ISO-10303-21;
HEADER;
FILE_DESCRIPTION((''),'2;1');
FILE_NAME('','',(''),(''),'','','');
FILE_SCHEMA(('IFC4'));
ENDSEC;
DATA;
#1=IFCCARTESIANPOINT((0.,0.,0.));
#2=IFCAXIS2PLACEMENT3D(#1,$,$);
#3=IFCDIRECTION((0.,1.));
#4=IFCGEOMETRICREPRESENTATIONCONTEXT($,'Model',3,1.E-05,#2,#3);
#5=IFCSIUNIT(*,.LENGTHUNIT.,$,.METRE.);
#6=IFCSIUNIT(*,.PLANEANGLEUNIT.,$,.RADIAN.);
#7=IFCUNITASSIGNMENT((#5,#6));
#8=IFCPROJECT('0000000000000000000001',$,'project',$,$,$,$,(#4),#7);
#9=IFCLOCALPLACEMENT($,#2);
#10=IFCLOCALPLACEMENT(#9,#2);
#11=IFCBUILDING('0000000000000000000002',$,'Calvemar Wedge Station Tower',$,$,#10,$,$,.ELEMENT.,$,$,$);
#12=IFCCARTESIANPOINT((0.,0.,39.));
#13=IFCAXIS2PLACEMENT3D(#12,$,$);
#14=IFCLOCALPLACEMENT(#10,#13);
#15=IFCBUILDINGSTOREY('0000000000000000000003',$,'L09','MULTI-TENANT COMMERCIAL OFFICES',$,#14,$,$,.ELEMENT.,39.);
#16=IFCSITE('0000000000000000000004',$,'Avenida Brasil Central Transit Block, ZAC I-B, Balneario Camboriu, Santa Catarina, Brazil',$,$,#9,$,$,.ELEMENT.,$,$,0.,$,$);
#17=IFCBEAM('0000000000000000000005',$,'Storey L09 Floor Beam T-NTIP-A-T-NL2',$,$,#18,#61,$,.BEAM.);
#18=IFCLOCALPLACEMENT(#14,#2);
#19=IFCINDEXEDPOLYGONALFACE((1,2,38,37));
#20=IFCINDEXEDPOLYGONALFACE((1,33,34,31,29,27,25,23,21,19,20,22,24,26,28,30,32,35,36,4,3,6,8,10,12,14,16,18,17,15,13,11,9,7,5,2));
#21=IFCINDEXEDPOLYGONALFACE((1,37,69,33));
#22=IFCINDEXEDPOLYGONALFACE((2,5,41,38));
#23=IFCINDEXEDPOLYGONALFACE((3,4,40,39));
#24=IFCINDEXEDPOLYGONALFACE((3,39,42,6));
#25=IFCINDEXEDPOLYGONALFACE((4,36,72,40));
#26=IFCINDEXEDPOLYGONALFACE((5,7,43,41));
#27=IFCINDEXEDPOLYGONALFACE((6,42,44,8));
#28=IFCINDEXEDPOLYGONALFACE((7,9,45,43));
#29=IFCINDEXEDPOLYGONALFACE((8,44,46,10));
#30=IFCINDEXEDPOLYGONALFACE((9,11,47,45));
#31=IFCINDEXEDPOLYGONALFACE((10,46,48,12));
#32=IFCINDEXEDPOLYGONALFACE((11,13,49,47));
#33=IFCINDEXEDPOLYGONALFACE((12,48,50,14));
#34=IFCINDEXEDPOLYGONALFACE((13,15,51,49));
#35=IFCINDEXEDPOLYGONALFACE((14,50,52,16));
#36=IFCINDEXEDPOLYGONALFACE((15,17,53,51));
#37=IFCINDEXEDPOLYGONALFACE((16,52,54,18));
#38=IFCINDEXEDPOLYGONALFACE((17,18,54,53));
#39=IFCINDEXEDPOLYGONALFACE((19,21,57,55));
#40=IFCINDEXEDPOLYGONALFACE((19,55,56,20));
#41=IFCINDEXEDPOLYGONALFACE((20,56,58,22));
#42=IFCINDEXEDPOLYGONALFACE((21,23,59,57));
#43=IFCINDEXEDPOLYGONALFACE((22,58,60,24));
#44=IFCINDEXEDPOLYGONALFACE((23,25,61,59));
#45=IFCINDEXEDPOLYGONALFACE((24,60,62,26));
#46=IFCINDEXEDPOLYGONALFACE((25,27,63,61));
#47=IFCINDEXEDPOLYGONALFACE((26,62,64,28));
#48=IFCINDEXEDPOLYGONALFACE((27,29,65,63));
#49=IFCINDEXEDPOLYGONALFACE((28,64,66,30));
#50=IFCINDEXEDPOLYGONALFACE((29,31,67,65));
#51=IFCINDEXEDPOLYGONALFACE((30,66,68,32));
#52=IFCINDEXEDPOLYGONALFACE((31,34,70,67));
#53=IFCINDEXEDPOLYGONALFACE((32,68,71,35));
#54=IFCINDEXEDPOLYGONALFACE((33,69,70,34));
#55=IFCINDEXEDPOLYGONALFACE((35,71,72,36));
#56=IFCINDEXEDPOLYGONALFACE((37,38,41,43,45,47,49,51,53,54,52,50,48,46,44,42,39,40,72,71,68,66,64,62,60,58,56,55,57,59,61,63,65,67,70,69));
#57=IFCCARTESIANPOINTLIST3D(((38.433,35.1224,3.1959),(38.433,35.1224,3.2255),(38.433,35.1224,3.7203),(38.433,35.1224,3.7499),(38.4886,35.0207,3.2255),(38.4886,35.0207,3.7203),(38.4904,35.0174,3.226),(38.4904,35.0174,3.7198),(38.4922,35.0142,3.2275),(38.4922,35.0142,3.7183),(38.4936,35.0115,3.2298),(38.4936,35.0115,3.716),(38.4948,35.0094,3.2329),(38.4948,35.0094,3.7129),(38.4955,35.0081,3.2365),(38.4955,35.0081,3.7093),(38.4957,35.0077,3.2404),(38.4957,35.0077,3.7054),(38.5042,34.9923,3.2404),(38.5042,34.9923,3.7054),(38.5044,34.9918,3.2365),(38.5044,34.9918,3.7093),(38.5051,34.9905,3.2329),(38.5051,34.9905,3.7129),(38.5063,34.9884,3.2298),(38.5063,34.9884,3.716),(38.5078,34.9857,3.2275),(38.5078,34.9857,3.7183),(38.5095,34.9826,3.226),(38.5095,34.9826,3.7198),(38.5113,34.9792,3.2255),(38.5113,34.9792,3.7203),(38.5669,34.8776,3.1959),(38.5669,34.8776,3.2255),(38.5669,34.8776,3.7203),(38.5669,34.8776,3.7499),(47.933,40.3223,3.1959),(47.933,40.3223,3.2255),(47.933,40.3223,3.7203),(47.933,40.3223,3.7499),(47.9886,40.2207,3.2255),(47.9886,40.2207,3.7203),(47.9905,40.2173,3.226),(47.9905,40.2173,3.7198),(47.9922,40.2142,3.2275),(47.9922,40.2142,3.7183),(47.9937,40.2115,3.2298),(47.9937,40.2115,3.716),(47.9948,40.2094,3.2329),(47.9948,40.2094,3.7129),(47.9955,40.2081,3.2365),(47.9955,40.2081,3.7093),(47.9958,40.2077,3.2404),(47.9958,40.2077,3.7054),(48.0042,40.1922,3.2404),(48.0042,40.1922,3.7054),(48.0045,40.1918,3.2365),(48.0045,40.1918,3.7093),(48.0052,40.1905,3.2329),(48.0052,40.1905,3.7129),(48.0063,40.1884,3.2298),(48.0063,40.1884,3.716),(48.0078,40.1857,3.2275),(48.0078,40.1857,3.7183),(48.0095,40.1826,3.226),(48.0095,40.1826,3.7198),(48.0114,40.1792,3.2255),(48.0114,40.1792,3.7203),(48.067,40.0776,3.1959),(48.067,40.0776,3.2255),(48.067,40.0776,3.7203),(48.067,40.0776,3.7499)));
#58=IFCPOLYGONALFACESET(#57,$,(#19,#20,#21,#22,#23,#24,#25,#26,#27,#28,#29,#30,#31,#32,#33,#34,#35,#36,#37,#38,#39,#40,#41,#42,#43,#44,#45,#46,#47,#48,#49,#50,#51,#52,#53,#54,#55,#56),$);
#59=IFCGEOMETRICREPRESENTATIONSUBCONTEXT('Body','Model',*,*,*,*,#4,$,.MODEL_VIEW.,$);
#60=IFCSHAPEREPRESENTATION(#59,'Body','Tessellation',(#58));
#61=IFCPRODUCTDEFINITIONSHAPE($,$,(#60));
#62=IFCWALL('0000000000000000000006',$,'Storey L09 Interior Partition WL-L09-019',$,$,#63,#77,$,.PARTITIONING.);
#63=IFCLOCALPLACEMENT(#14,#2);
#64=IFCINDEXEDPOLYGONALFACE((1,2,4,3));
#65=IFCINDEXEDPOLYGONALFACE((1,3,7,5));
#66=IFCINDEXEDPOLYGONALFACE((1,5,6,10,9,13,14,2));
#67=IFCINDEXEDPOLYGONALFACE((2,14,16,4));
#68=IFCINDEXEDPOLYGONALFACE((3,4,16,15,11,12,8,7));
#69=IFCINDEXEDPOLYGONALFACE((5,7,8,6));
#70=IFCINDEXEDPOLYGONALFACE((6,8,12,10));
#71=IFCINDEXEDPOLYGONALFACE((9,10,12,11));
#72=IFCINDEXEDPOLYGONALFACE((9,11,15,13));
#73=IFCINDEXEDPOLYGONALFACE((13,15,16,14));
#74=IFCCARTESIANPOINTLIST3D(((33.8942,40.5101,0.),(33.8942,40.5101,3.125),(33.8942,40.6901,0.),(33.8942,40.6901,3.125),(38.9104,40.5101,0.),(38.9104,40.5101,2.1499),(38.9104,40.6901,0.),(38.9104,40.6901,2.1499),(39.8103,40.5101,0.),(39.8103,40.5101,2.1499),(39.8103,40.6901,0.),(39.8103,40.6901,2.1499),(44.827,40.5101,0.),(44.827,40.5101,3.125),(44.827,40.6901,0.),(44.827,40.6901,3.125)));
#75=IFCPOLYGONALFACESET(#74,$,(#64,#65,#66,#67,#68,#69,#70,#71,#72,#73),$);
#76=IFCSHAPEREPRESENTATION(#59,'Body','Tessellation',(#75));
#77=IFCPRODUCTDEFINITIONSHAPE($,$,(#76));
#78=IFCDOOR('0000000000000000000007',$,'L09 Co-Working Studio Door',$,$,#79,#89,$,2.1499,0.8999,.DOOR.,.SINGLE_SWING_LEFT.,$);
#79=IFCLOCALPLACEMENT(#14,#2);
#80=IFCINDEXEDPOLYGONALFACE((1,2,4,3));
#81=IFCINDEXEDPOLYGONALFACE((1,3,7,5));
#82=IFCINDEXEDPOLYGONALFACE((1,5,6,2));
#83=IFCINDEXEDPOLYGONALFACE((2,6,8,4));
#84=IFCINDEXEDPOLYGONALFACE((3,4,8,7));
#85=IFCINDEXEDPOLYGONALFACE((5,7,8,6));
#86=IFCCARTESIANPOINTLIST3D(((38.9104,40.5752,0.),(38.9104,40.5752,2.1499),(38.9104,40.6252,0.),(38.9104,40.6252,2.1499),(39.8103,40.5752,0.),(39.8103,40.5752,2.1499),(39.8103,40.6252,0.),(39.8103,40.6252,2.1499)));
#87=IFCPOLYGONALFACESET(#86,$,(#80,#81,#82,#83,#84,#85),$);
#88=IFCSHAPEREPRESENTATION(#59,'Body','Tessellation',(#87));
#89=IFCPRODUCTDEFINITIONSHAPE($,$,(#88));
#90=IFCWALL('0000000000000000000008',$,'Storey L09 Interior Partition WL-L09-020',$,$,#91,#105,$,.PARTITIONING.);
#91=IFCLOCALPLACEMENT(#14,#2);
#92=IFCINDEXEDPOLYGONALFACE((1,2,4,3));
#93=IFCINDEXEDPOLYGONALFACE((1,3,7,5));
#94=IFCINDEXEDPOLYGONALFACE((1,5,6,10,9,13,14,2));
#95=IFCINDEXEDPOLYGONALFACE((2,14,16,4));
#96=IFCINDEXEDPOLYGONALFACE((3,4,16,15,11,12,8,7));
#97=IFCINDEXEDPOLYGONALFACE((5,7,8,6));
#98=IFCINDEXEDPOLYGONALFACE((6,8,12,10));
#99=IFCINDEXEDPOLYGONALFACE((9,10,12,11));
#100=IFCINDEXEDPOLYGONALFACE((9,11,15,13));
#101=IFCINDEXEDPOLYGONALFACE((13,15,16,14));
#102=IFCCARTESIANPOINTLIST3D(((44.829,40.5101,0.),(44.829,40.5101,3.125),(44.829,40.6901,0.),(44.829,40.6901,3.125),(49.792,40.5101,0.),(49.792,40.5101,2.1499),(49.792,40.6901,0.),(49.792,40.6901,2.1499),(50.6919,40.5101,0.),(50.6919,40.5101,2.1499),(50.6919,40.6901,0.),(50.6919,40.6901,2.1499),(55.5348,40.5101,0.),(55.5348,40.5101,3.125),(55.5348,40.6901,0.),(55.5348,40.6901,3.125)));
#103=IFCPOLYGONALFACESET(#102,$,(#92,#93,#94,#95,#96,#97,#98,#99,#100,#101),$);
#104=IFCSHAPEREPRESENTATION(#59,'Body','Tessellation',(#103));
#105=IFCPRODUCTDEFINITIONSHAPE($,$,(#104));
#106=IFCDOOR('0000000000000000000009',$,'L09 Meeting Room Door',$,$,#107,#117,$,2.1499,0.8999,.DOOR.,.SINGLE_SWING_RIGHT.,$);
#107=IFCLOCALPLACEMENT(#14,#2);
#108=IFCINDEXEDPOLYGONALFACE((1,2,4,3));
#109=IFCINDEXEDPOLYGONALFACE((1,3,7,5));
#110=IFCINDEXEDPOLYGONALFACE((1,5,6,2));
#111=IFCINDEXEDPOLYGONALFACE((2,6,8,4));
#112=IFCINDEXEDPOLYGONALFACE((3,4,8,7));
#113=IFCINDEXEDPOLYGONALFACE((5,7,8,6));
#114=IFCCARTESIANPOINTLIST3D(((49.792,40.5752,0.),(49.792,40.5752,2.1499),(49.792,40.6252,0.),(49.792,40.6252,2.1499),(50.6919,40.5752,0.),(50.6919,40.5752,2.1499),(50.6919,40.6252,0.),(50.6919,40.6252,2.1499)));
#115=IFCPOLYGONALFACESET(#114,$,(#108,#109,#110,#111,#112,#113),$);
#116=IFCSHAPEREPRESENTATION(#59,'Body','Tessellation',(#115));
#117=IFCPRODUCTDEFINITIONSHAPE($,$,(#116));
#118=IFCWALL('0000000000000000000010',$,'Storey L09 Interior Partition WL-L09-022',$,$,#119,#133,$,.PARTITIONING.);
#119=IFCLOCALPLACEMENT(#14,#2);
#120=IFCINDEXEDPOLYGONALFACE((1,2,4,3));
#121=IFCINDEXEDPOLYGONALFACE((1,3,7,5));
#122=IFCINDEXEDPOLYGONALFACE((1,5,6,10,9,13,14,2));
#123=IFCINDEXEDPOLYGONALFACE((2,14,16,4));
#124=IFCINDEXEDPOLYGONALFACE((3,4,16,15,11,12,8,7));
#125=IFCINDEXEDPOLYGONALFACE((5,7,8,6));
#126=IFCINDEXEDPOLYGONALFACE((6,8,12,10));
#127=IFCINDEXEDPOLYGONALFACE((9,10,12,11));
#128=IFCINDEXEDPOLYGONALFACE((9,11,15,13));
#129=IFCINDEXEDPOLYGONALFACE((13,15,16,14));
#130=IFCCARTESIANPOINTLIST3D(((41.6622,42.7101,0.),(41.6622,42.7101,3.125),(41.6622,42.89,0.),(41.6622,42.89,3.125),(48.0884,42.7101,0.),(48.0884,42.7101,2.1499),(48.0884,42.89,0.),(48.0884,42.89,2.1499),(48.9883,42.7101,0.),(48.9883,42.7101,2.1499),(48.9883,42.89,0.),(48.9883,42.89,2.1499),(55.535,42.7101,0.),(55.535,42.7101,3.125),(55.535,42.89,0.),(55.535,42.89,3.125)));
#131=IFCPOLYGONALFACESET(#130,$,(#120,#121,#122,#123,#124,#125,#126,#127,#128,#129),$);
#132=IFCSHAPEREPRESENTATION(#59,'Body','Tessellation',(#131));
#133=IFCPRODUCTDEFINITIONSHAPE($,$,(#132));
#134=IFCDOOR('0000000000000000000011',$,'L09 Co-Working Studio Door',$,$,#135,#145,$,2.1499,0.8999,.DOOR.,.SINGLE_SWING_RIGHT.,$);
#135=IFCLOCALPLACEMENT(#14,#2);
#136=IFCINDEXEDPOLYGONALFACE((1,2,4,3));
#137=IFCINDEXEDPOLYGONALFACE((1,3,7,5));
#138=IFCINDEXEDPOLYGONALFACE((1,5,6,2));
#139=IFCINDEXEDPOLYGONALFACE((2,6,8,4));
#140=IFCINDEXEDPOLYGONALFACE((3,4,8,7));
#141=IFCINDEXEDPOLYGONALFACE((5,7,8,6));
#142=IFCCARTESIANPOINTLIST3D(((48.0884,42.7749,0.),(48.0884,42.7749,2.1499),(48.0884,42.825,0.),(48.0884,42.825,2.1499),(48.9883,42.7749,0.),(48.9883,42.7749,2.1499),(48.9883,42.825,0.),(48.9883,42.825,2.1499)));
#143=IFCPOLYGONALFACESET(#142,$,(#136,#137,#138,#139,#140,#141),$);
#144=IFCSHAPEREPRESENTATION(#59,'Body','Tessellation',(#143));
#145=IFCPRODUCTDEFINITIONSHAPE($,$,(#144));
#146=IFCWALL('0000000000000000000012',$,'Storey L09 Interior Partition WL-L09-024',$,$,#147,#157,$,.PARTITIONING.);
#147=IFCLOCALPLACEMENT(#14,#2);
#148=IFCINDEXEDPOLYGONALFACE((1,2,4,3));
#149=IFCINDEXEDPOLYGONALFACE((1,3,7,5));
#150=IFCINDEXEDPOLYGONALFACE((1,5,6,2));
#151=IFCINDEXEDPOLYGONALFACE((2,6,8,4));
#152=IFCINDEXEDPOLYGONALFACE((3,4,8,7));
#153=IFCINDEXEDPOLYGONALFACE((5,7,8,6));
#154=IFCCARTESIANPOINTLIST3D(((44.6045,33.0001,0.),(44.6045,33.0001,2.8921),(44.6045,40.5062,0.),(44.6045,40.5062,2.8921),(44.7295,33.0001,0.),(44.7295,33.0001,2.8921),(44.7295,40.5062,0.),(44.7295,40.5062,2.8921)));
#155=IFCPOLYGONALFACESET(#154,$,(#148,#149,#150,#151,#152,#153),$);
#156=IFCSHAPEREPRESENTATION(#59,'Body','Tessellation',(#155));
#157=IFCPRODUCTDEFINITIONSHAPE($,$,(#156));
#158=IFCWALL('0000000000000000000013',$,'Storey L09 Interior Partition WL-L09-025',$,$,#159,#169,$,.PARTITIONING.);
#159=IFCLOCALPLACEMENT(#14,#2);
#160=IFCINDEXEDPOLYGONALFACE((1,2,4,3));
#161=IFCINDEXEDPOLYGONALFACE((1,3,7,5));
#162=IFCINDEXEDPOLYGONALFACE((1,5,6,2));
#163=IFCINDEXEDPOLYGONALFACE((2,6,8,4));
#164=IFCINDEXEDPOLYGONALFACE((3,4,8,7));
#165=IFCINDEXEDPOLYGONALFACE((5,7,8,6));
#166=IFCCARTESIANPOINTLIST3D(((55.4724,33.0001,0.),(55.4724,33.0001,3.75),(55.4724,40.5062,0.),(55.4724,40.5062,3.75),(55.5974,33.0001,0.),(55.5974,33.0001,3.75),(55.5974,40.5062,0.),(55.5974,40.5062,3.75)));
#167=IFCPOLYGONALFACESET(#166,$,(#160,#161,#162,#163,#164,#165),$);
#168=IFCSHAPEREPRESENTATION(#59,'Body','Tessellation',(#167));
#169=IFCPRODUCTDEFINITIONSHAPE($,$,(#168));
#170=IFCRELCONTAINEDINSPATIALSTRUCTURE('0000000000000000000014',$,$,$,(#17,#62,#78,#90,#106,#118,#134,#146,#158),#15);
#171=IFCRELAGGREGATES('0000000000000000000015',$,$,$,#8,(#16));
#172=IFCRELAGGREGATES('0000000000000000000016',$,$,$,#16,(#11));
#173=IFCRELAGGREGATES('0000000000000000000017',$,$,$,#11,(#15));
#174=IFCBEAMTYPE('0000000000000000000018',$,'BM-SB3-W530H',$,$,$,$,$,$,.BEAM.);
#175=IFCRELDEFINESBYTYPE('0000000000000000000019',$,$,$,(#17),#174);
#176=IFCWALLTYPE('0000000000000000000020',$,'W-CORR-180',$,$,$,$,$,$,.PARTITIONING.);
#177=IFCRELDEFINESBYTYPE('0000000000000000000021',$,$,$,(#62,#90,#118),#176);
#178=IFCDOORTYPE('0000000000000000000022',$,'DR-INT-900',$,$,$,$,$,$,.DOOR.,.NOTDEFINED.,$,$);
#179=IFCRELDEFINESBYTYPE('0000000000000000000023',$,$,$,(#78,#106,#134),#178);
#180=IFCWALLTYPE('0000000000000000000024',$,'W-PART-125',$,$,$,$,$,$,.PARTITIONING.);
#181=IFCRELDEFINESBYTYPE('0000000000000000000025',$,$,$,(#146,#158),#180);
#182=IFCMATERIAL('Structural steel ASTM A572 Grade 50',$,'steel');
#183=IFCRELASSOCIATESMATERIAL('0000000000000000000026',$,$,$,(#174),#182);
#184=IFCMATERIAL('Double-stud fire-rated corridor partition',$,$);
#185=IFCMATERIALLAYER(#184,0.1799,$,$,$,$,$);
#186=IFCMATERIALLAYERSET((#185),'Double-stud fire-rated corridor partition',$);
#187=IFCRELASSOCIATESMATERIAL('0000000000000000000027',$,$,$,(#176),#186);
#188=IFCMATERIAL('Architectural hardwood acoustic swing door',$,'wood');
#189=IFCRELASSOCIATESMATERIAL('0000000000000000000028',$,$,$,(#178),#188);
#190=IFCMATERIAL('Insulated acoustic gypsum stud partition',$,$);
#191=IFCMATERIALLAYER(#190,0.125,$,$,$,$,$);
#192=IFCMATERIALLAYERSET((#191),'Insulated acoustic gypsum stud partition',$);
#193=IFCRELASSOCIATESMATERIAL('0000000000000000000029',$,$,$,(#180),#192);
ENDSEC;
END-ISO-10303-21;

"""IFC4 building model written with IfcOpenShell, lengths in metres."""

from ifc_helpers import new_model, si_unit, direction, frame, frame_2d, origin, origin_2d, place, context, subcontext, project, spatial, rectangle, i_section, extrude, source, transform, mapped, material, layer, layer_set, material_profile, profile_set, type_object, element, fill, save


model = new_model("IFC4")

# Units and contexts
model_context = context("Model", 3, precision=1e-05, world=origin(), true_north=direction((0.0, 1.0)))
body_context = subcontext(model_context, "Body", "Model", "MODEL_VIEW")
ifc_project = project(units=[si_unit("LENGTHUNIT", "METRE"), si_unit("PLANEANGLEUNIT", "RADIAN")], contexts=[model_context])

# Site, building, storey
site_placement = place(None, origin())
site = spatial("IfcSite", under=ifc_project, at=site_placement, Name="Avenida Brasil Central Transit Block, ZAC I-B, Balneario Camboriu, Santa Catarina, Brazil", CompositionType="ELEMENT", RefElevation=0.0)
building_placement = place(site_placement, origin())
building = spatial("IfcBuilding", under=site, at=building_placement, Name="Calvemar Wedge Station Tower", CompositionType="ELEMENT")
storey_placement = place(building_placement, frame((0.0, 0.0, 39.0)))
storey = spatial("IfcBuildingStorey", under=building, at=storey_placement, Name="L09", Description="MULTI-TENANT COMMERCIAL OFFICES", CompositionType="ELEMENT", Elevation=39.0)

# Shared definitions
ifc_material_1 = material(Name="Structural steel ASTM A572 Grade 50", Category="steel")

# Beam
ifc_material_profile_1 = material_profile(ifc_material_1, i_section(OverallWidth=0.2791, OverallDepth=0.554, WebThickness=0.0176, FlangeThickness=0.0295, FilletRadius=0.0149, at=origin_2d()), Name="W530x196")
ifc_profile_set_1 = profile_set([ifc_material_profile_1], Name="Structural steel ASTM A572 Grade 50")
beam_type_1 = type_object("IfcBeamType", Name="BM-SB3-W530H", PredefinedType="BEAM", material=ifc_profile_set_1)
shared_shape_1 = source(origin(), body_context, "Body", "SweptSolid", [
    extrude(i_section(OverallWidth=0.2791, OverallDepth=0.554, WebThickness=0.0176, FlangeThickness=0.0295, FilletRadius=0.0149, at=origin_2d()), origin(), (0.0, 0.0, 1.0), 10.8301),
])
beam_1_placement = place(storey_placement, frame((48.0, 40.2, 3.4729), z_axis=(-0.877191, -0.480142, 0.0), x_axis=(0.480142, -0.877191, 0.0)))
element("IfcBeam", 1, at=beam_1_placement, inside=storey, type_object=beam_type_1, Name="Storey L09 Floor Beam T-NTIP-A-T-NL2", PredefinedType="BEAM", context=body_context, shape_type="MappedRepresentation", body=[
    mapped(shared_shape_1, transform((0.0, 0.0, 0.0), scale=1.0)),
])

# Walls, openings, doors
ifc_material_2 = material(Name="Double-stud fire-rated corridor partition")
ifc_layer_1 = layer(ifc_material_2, 0.1799)
ifc_layer_set_1 = layer_set([ifc_layer_1], Name="Double-stud fire-rated corridor partition")
wall_type_1 = type_object("IfcWallType", Name="W-CORR-180", PredefinedType="PARTITIONING", material=ifc_layer_set_1)
wall_1_placement = place(storey_placement, frame((44.8269, 40.6001, 0.0), z_axis=(0.0, 0.0, 1.0), x_axis=(-1.0, 0.0, 0.0)))
wall_1 = element("IfcWall", 2, at=wall_1_placement, inside=storey, type_object=wall_type_1, Name="Storey L09 Interior Partition WL-L09-019", PredefinedType="PARTITIONING", context=body_context, shape_type="SweptSolid", body=[
    extrude(rectangle(XDim=10.9329, YDim=0.1799, at=frame_2d((5.4663, 0.0))), origin(), (0.0, 0.0, 1.0), 3.125),
])
shared_shape_2 = source(origin(), body_context, "Body", "SweptSolid", [
    extrude(rectangle(XDim=0.8999, YDim=2.1499, at=frame_2d((0.45, 1.075))), frame((0.0, 0.1001, 0.0), z_axis=(0.0, -1.0, 0.0), x_axis=(1.0, 0.0, 0.0)), (0.0, 0.0, 1.0), 0.2),
])
opening_1_placement = place(wall_1_placement, frame((5.0166, 0.0, 0.0)))
opening_1 = element("IfcOpeningElement", 3, at=opening_1_placement, cuts=wall_1, PredefinedType="OPENING", context=body_context, shape_type="MappedRepresentation", body=[
    mapped(shared_shape_2, transform((0.0, 0.0, 0.0), scale=1.0)),
])
ifc_material_3 = material(Name="Architectural hardwood acoustic swing door", Category="wood")
door_type = type_object("IfcDoorType", Name="DR-INT-900", OperationType="NOTDEFINED", PredefinedType="DOOR", material=ifc_material_3)
shared_shape_3 = source(origin(), body_context, "Body", "SweptSolid", [
    extrude(rectangle(XDim=0.8999, YDim=2.1499, at=frame_2d((0.45, 1.075))), frame((0.0, 0.0249, 0.0), z_axis=(0.0, -1.0, 0.0), x_axis=(1.0, 0.0, 0.0)), (0.0, 0.0, 1.0), 0.05),
])
door_1_placement = place(opening_1_placement, origin())
door_1 = element("IfcDoor", 4, at=door_1_placement, inside=storey, type_object=door_type, Name="L09 Co-Working Studio Door", OperationType="SINGLE_SWING_LEFT", OverallHeight=2.1499, OverallWidth=0.8999, PredefinedType="DOOR", context=body_context, shape_type="MappedRepresentation", body=[
    mapped(shared_shape_3, transform((0.0, 0.0, 0.0), scale=1.0)),
])
fill(opening_1, door_1)
wall_2_placement = place(storey_placement, frame((55.5349, 40.6001, 0.0), z_axis=(0.0, 0.0, 1.0), x_axis=(-1.0, 0.0, 0.0)))
wall_2 = element("IfcWall", 5, at=wall_2_placement, inside=storey, type_object=wall_type_1, Name="Storey L09 Interior Partition WL-L09-020", PredefinedType="PARTITIONING", context=body_context, shape_type="SweptSolid", body=[
    extrude(rectangle(XDim=10.7058, YDim=0.1799, at=frame_2d((5.353, 0.0))), origin(), (0.0, 0.0, 1.0), 3.125),
])
opening_2_placement = place(wall_2_placement, frame((4.843, 0.0, 0.0)))
opening_2 = element("IfcOpeningElement", 6, at=opening_2_placement, cuts=wall_2, PredefinedType="OPENING", context=body_context, shape_type="MappedRepresentation", body=[
    mapped(shared_shape_2, transform((0.0, 0.0, 0.0), scale=1.0)),
])
door_2_placement = place(opening_2_placement, origin())
door_2 = element("IfcDoor", 7, at=door_2_placement, inside=storey, type_object=door_type, Name="L09 Meeting Room Door", OperationType="SINGLE_SWING_RIGHT", OverallHeight=2.1499, OverallWidth=0.8999, PredefinedType="DOOR", context=body_context, shape_type="MappedRepresentation", body=[
    mapped(shared_shape_3, transform((0.0, 0.0, 0.0), scale=1.0)),
])
fill(opening_2, door_2)
wall_3_placement = place(storey_placement, frame((41.6621, 42.8, 0.0), z_axis=(0.0, 0.0, 1.0), x_axis=(1.0, 0.0, 0.0)))
wall_3 = element("IfcWall", 8, at=wall_3_placement, inside=storey, type_object=wall_type_1, Name="Storey L09 Interior Partition WL-L09-022", PredefinedType="PARTITIONING", context=body_context, shape_type="SweptSolid", body=[
    extrude(rectangle(XDim=13.8728, YDim=0.1799, at=frame_2d((6.9365, 0.0))), origin(), (0.0, 0.0, 1.0), 3.125),
])
opening_3_placement = place(wall_3_placement, frame((6.4263, 0.0, 0.0)))
opening_3 = element("IfcOpeningElement", 9, at=opening_3_placement, cuts=wall_3, PredefinedType="OPENING", context=body_context, shape_type="MappedRepresentation", body=[
    mapped(shared_shape_2, transform((0.0, 0.0, 0.0), scale=1.0)),
])
door_3_placement = place(opening_3_placement, origin())
door_3 = element("IfcDoor", 10, at=door_3_placement, inside=storey, type_object=door_type, Name="L09 Co-Working Studio Door", OperationType="SINGLE_SWING_RIGHT", OverallHeight=2.1499, OverallWidth=0.8999, PredefinedType="DOOR", context=body_context, shape_type="MappedRepresentation", body=[
    mapped(shared_shape_3, transform((0.0, 0.0, 0.0), scale=1.0)),
])
fill(opening_3, door_3)

# Walls
ifc_material_4 = material(Name="Insulated acoustic gypsum stud partition")
ifc_layer_2 = layer(ifc_material_4, 0.125)
ifc_layer_set_2 = layer_set([ifc_layer_2], Name="Insulated acoustic gypsum stud partition")
wall_type_2 = type_object("IfcWallType", Name="W-PART-125", PredefinedType="PARTITIONING", material=ifc_layer_set_2)
wall_4_placement = place(storey_placement, frame((44.667, 40.5061, 0.0), z_axis=(0.0, 0.0, 1.0), x_axis=(0.0, -1.0, 0.0)))
element("IfcWall", 11, at=wall_4_placement, inside=storey, type_object=wall_type_2, Name="Storey L09 Interior Partition WL-L09-024", PredefinedType="PARTITIONING", context=body_context, shape_type="SweptSolid", body=[
    extrude(rectangle(XDim=7.5061, YDim=0.125, at=frame_2d((3.7529, 0.0))), origin(), (0.0, 0.0, 1.0), 2.8921),
])
wall_5_placement = place(storey_placement, frame((55.5349, 40.5061, 0.0), z_axis=(0.0, 0.0, 1.0), x_axis=(0.0, -1.0, 0.0)))
element("IfcWall", 12, at=wall_5_placement, inside=storey, type_object=wall_type_2, Name="Storey L09 Interior Partition WL-L09-025", PredefinedType="PARTITIONING", context=body_context, shape_type="SweptSolid", body=[
    extrude(rectangle(XDim=7.5061, YDim=0.125, at=frame_2d((3.7529, 0.0))), origin(), (0.0, 0.0, 1.0), 3.75),
])

save(model, "model.ifc")
